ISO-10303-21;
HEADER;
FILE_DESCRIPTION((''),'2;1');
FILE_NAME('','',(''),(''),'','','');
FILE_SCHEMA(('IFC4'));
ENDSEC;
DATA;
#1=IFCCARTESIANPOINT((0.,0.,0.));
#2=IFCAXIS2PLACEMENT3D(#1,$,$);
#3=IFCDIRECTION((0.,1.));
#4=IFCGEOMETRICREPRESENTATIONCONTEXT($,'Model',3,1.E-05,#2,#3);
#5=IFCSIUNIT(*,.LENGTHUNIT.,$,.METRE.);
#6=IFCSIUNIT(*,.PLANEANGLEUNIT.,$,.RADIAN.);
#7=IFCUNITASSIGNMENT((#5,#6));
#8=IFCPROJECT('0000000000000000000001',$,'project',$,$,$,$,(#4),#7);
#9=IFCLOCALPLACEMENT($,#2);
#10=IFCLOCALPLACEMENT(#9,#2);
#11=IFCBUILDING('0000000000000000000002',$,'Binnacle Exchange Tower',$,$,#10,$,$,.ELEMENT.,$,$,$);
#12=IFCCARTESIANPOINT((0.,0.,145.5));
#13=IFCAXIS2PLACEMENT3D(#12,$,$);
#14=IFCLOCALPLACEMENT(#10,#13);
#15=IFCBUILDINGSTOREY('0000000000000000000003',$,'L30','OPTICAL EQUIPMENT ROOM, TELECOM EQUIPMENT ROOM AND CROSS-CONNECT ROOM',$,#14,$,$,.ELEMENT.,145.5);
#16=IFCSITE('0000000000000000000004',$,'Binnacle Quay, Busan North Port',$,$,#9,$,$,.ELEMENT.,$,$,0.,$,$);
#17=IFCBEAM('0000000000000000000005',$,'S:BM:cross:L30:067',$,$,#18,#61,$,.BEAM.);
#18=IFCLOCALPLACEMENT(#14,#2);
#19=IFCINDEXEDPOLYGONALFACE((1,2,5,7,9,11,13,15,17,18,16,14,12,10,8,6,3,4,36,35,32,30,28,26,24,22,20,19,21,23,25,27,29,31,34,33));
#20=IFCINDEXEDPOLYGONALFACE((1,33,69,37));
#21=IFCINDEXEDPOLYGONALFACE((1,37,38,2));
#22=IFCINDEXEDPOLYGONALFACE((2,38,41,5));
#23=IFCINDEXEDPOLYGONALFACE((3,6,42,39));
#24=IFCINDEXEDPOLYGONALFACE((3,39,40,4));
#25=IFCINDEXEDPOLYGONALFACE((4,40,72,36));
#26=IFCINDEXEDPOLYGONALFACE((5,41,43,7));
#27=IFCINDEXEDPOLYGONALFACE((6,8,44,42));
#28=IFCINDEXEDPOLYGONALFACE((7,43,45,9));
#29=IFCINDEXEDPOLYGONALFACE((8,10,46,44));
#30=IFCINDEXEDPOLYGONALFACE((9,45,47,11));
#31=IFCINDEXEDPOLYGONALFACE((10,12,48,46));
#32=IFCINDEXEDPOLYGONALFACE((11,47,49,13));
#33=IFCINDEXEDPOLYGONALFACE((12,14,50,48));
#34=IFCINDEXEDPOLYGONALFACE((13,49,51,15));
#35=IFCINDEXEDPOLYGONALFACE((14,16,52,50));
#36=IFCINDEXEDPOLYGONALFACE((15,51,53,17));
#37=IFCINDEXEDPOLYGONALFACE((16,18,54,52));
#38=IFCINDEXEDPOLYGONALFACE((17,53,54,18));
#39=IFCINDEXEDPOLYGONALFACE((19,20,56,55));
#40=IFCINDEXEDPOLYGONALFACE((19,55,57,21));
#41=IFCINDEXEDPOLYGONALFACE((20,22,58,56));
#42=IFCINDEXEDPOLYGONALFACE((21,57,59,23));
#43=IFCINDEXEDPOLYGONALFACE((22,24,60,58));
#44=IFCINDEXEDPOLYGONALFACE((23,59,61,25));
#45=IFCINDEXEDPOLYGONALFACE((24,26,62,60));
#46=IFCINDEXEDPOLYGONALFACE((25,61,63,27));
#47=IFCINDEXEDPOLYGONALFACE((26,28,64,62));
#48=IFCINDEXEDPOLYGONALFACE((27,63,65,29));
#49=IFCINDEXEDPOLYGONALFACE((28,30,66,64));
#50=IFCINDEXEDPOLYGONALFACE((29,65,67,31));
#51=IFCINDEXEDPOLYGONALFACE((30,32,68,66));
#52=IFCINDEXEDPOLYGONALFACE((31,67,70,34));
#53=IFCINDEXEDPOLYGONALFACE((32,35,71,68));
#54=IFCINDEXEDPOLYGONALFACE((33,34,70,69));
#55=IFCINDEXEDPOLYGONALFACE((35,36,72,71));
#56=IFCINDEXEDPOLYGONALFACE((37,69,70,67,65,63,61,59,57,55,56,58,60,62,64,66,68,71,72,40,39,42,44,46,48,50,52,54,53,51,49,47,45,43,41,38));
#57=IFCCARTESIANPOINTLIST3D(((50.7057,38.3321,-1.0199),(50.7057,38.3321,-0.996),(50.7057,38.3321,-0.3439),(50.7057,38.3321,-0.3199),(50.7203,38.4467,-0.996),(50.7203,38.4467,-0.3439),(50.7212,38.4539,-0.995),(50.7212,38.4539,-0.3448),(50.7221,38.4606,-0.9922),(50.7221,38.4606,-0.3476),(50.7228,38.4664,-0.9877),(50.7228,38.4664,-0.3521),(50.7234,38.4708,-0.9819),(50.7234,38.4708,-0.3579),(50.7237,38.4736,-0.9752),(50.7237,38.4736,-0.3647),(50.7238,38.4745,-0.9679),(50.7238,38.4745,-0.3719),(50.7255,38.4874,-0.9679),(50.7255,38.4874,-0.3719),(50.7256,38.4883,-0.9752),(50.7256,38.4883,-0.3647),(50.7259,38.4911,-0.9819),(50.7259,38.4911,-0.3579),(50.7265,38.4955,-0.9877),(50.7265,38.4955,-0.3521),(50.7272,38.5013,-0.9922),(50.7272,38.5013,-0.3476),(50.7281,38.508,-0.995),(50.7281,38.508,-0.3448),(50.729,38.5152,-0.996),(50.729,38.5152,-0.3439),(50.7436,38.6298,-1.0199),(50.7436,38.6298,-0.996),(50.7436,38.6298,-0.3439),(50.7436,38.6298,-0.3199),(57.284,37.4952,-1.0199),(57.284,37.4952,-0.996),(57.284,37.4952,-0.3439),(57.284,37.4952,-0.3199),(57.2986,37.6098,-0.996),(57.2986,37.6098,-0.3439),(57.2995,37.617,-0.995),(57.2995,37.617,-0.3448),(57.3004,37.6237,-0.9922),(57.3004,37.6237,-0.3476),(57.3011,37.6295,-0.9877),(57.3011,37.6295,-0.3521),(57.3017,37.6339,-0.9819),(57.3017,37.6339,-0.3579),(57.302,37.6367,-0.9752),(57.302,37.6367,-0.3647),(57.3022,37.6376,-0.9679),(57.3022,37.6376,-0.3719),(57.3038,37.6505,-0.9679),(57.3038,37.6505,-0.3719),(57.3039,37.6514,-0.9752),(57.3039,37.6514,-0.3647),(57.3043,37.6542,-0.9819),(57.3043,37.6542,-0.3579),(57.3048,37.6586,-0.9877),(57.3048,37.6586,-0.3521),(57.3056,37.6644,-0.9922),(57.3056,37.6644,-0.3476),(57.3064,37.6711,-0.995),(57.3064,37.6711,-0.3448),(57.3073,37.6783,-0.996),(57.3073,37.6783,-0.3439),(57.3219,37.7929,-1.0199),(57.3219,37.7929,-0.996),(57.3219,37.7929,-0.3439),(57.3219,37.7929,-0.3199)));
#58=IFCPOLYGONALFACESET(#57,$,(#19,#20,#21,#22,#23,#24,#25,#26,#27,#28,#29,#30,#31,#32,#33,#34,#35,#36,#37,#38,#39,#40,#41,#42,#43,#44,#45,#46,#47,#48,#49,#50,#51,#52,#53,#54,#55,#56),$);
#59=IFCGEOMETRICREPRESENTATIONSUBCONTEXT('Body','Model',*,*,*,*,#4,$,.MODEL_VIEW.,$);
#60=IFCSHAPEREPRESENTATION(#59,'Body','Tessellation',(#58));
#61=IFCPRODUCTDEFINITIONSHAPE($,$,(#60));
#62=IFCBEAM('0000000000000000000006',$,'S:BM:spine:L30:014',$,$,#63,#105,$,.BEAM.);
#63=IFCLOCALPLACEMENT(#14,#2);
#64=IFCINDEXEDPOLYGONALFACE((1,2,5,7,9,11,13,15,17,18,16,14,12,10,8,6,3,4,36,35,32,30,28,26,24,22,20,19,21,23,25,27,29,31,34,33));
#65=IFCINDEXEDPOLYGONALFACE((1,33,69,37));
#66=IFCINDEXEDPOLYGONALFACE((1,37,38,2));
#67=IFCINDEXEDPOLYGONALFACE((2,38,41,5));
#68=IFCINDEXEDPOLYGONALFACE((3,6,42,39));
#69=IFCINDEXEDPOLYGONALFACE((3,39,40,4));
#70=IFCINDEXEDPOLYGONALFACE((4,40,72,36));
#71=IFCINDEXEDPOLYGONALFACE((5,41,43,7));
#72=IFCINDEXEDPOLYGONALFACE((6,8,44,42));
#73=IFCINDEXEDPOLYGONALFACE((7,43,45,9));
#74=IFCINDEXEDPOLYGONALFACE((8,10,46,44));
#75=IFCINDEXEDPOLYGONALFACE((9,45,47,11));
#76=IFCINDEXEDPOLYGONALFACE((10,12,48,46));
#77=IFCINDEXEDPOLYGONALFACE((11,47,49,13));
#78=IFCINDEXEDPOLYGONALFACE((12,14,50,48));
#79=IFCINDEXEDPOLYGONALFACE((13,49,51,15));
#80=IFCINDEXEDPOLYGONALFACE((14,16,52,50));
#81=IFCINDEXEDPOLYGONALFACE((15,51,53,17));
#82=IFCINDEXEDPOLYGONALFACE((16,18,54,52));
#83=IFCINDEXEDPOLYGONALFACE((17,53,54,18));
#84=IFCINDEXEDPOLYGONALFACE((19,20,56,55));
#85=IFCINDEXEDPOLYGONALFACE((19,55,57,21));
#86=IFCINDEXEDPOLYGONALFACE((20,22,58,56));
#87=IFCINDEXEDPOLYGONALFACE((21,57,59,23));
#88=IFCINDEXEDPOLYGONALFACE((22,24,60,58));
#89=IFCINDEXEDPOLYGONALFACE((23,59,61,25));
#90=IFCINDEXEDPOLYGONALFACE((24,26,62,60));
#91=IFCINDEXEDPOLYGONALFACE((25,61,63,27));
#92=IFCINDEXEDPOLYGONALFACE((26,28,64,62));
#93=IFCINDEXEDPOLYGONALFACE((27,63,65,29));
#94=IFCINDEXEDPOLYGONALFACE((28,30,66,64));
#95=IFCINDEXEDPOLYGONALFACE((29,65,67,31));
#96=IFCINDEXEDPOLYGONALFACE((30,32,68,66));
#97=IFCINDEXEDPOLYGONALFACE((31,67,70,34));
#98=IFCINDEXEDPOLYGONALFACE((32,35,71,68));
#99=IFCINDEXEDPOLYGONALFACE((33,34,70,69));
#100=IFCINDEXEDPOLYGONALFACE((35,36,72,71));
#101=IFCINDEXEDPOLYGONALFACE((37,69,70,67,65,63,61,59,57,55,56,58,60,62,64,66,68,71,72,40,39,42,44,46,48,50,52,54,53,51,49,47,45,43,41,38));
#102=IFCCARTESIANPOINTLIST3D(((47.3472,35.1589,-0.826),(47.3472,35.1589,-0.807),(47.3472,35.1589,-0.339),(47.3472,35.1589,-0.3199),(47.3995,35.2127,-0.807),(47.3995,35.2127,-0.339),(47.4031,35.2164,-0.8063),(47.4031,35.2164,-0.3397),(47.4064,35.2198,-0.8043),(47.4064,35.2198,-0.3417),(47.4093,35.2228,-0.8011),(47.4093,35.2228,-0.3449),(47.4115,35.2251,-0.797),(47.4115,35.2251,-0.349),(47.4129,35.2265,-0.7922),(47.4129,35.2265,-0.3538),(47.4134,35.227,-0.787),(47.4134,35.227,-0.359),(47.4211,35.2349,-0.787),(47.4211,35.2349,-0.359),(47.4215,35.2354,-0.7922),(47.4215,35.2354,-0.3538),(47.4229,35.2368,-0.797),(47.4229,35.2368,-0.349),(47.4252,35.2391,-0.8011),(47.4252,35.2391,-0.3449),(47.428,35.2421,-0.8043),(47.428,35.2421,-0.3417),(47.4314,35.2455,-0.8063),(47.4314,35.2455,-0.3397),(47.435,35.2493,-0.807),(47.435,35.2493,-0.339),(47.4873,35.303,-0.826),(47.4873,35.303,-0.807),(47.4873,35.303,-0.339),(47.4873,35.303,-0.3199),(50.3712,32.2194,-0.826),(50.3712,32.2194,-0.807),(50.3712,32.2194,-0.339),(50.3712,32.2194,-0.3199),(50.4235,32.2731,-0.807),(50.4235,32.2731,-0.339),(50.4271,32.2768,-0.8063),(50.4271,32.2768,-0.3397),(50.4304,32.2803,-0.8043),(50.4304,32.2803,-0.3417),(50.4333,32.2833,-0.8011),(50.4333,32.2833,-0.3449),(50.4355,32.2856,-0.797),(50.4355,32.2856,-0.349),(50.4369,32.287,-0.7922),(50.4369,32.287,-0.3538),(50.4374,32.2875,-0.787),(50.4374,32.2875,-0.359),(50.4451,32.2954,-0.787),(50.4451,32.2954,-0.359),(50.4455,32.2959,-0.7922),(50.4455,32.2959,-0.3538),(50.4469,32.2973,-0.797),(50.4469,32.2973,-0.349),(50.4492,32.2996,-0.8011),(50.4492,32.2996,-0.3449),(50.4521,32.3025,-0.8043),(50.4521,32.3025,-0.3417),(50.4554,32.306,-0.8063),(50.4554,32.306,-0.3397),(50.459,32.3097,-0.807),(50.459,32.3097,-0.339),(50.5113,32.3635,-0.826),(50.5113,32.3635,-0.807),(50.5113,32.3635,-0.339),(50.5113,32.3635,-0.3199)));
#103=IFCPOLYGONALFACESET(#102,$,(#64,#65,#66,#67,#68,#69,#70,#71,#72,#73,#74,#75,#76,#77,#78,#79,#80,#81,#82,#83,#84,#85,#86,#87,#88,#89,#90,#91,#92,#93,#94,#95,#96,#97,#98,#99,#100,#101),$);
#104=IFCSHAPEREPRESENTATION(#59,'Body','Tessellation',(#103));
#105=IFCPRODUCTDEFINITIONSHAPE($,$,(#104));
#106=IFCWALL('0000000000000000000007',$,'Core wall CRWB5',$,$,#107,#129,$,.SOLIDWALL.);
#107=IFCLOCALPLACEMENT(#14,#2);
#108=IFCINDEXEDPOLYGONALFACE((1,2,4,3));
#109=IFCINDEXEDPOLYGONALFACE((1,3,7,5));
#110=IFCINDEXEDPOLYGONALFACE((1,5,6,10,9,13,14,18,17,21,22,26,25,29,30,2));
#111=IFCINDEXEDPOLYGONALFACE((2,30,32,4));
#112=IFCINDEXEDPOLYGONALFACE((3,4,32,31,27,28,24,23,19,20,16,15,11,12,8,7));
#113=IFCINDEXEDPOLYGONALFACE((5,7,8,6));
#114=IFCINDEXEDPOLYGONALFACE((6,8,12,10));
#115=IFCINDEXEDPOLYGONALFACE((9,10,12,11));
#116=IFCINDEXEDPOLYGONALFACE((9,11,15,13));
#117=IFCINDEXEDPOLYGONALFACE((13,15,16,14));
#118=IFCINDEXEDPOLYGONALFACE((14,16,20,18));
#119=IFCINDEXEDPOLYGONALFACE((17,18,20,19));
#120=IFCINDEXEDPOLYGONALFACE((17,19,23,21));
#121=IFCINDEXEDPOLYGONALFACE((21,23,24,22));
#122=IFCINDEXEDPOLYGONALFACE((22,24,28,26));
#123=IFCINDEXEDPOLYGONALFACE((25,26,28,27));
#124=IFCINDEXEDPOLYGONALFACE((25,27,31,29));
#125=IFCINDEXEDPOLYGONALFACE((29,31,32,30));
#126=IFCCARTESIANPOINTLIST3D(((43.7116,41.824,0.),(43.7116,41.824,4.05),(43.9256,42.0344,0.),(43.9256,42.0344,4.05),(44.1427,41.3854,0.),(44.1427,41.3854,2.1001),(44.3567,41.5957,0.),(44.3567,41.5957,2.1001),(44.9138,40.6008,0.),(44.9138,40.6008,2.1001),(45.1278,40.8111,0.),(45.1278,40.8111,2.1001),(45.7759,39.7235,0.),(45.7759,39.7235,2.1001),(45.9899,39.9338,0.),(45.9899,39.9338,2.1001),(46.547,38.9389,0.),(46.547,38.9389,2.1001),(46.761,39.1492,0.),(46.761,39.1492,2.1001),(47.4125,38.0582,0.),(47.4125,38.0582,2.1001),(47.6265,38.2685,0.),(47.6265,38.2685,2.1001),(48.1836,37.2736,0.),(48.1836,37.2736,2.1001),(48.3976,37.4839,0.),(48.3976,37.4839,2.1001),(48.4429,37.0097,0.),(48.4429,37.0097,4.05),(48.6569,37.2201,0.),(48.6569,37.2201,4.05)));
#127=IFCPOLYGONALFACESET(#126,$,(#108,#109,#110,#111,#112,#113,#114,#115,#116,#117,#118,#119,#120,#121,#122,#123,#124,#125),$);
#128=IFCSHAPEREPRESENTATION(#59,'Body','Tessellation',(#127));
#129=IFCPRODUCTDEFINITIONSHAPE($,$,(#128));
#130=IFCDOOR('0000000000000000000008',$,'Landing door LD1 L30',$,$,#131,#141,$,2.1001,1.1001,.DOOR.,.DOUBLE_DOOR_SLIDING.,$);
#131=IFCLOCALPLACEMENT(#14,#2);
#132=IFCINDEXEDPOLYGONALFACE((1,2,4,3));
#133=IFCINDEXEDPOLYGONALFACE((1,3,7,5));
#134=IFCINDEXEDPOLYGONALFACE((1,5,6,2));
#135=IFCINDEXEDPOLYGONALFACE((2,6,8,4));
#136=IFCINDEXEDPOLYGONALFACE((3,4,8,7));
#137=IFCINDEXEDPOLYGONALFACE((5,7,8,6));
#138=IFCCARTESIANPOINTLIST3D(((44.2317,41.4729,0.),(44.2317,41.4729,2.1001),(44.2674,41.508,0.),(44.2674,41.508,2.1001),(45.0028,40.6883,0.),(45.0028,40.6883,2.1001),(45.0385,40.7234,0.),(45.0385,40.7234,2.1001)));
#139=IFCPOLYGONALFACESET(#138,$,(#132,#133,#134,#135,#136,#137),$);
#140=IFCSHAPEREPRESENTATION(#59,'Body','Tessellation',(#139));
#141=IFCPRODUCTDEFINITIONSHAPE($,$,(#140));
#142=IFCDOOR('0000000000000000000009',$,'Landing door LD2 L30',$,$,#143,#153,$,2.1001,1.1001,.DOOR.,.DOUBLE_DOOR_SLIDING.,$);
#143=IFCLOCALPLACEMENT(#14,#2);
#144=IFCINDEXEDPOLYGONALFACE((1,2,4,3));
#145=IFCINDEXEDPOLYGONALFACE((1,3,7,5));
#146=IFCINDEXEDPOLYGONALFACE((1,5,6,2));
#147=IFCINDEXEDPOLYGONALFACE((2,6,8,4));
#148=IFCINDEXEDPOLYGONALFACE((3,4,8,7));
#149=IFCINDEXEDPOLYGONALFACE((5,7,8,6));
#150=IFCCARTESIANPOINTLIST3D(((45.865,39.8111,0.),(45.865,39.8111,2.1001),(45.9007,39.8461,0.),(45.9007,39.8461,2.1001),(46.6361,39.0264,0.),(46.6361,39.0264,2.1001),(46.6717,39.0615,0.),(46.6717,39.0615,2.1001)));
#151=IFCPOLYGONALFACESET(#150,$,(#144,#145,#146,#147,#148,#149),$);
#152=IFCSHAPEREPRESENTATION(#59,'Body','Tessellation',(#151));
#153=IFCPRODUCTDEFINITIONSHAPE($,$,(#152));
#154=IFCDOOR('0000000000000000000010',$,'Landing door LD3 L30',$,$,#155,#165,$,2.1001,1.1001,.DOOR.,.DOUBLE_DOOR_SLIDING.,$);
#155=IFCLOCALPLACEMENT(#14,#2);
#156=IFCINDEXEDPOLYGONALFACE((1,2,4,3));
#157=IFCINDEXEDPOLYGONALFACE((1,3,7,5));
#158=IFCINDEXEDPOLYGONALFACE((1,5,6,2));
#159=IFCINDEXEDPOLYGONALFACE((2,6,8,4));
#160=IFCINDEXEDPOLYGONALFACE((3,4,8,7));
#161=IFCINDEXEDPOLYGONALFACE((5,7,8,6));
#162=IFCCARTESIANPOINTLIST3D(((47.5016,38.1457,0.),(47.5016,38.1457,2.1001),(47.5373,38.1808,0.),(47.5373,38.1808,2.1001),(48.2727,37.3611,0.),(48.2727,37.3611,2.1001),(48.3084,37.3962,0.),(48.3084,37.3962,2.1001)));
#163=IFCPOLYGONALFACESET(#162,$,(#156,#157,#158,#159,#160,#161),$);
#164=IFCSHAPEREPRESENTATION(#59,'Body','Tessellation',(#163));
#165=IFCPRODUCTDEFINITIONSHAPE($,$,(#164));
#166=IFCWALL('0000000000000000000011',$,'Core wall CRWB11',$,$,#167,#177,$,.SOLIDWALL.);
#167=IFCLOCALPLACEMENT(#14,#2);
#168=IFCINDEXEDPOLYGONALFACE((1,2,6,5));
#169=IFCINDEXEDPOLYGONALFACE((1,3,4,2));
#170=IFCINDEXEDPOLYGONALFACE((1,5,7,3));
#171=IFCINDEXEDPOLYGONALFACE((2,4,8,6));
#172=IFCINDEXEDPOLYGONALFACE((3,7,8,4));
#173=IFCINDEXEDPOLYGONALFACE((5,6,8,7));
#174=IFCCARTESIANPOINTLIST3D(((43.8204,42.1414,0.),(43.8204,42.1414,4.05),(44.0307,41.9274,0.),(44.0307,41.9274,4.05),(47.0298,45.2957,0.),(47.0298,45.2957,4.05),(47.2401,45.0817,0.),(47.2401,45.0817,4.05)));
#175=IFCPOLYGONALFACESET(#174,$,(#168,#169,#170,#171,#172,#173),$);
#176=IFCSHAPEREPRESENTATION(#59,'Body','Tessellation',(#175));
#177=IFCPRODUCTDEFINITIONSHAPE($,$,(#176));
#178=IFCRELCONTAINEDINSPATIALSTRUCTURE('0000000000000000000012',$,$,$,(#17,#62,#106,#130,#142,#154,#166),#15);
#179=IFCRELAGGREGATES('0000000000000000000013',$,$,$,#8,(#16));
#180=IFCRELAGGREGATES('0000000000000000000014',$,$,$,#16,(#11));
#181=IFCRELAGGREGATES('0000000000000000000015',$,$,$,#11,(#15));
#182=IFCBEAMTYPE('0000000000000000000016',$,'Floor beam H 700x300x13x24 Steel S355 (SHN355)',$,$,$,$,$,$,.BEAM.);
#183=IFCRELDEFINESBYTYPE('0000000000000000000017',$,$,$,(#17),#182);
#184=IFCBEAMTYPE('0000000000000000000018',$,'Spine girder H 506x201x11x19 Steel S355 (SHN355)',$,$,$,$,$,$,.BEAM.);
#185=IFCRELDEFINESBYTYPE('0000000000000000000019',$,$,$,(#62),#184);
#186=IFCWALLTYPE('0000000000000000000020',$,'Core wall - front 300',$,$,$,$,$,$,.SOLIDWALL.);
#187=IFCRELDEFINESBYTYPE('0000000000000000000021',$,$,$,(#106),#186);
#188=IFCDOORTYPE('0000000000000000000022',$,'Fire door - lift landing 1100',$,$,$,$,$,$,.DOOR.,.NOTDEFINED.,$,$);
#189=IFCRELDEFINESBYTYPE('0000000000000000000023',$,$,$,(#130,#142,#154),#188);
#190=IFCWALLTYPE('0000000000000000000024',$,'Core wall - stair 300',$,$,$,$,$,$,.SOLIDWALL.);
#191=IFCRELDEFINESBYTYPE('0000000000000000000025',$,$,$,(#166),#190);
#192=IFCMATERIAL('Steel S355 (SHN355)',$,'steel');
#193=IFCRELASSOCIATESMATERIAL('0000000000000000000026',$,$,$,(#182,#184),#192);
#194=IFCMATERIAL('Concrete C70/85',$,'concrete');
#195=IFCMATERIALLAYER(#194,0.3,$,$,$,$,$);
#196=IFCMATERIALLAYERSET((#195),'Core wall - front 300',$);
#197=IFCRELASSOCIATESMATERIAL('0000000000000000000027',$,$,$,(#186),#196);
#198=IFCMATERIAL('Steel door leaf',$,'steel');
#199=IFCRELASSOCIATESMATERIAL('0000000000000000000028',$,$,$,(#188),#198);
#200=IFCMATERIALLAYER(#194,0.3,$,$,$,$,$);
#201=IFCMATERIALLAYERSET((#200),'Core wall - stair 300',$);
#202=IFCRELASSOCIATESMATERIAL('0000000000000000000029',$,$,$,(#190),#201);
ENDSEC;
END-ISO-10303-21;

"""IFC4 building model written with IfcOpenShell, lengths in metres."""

from ifc_helpers import new_model, si_unit, direction, frame, frame_2d, origin, origin_2d, place, context, subcontext, project, spatial, rectangle, i_section, extrude, material, layer, layer_set, material_profile, profile_set, type_object, element, fill, save


model = new_model("IFC4")

# Units and contexts
model_context = context("Model", 3, precision=1e-05, world=origin(), true_north=direction((0.0, 1.0)))
body_context = subcontext(model_context, "Body", "Model", "MODEL_VIEW")
ifc_project = project(units=[si_unit("LENGTHUNIT", "METRE"), si_unit("PLANEANGLEUNIT", "RADIAN")], contexts=[model_context])

# Site, building, storey
site_placement = place(None, origin())
site = spatial("IfcSite", under=ifc_project, at=site_placement, Name="Binnacle Quay, Busan North Port", CompositionType="ELEMENT", RefElevation=0.0)
building_placement = place(site_placement, origin())
building = spatial("IfcBuilding", under=site, at=building_placement, Name="Binnacle Exchange Tower", CompositionType="ELEMENT")
storey_placement = place(building_placement, frame((0.0, 0.0, 145.5)))
storey = spatial("IfcBuildingStorey", under=building, at=storey_placement, Name="L30", Description="OPTICAL EQUIPMENT ROOM, TELECOM EQUIPMENT ROOM AND CROSS-CONNECT ROOM", CompositionType="ELEMENT", Elevation=145.5)

# Shared definitions
ifc_material_1 = material(Name="Concrete C70/85", Category="concrete")

# Beams
ifc_material_2 = material(Name="Steel S355 (SHN355)", Category="steel")
ifc_material_profile_1 = material_profile(ifc_material_2, i_section(OverallWidth=0.3, OverallDepth=0.7, WebThickness=0.0129, FlangeThickness=0.0239, FilletRadius=0.0281, at=origin_2d()), Name="H 700x300x13x24")
ifc_profile_set_1 = profile_set([ifc_material_profile_1], Name="Steel S355 (SHN355)")
beam_type_1 = type_object("IfcBeamType", Name="Floor beam H 700x300x13x24 Steel S355 (SHN355)", PredefinedType="BEAM", material=ifc_profile_set_1)
beam_1_placement = place(storey_placement, frame((57.303, 37.644, -0.6699), z_axis=(-0.992004, 0.126205, 0.0), x_axis=(-0.126205, -0.992004, 0.0)))
element("IfcBeam", 1, at=beam_1_placement, inside=storey, type_object=beam_type_1, Name="S:BM:cross:L30:067", PredefinedType="BEAM", context=body_context, shape_type="SweptSolid", body=[
    extrude(i_section(OverallWidth=0.3, OverallDepth=0.7, WebThickness=0.0129, FlangeThickness=0.0239, FilletRadius=0.0281, at=origin_2d()), origin(), (0.0, 0.0, 1.0), 6.6313),
])
ifc_material_profile_2 = material_profile(ifc_material_2, i_section(OverallWidth=0.2009, OverallDepth=0.5061, WebThickness=0.011, FlangeThickness=0.019, FilletRadius=0.02, at=origin_2d()), Name="H 506x201x11x19")
ifc_profile_set_2 = profile_set([ifc_material_profile_2], Name="Steel S355 (SHN355)")
beam_type_2 = type_object("IfcBeamType", Name="Spine girder H 506x201x11x19 Steel S355 (SHN355)", PredefinedType="BEAM", material=ifc_profile_set_2)
beam_2_placement = place(storey_placement, frame((47.4172, 35.231, -0.573), z_axis=(0.717051, -0.697021, 0.0), x_axis=(0.697021, 0.717051, 0.0)))
element("IfcBeam", 2, at=beam_2_placement, inside=storey, type_object=beam_type_2, Name="S:BM:spine:L30:014", PredefinedType="BEAM", context=body_context, shape_type="SweptSolid", body=[
    extrude(i_section(OverallWidth=0.2009, OverallDepth=0.5061, WebThickness=0.011, FlangeThickness=0.019, FilletRadius=0.02, at=origin_2d()), origin(), (0.0, 0.0, 1.0), 4.2173),
])

# Wall, openings, doors
ifc_layer_1 = layer(ifc_material_1, 0.3)
ifc_layer_set_1 = layer_set([ifc_layer_1], Name="Core wall - front 300")
wall_type_1 = type_object("IfcWallType", Name="Core wall - front 300", PredefinedType="SOLIDWALL", material=ifc_layer_set_1)
wall_1_placement = place(storey_placement, frame((43.8186, 41.9292, 0.0), z_axis=(0.0, 0.0, 1.0), x_axis=(0.700931, -0.713229, 0.0)))
wall_1 = element("IfcWall", 3, at=wall_1_placement, inside=storey, type_object=wall_type_1, Name="Core wall CRWB5", PredefinedType="SOLIDWALL", context=body_context, shape_type="SweptSolid", body=[
    extrude(rectangle(XDim=6.75, YDim=0.3, at=frame_2d((3.375, 0.0))), origin(), (0.0, 0.0, 1.0), 4.05),
])
opening_1_placement = place(wall_1_placement, frame((0.615, 0.0, 0.0)))
opening_1 = element("IfcOpeningElement", 4, at=opening_1_placement, cuts=wall_1, PredefinedType="OPENING", context=body_context, shape_type="SweptSolid", body=[
    extrude(rectangle(XDim=1.1001, YDim=2.1001, at=frame_2d((0.55, 1.05))), frame((0.0, 0.1599, 0.0), z_axis=(0.0, -1.0, 0.0), x_axis=(1.0, 0.0, 0.0)), (0.0, 0.0, 1.0), 0.3201),
])
opening_2_placement = place(wall_1_placement, frame((2.9451, 0.0, 0.0)))
opening_2 = element("IfcOpeningElement", 5, at=opening_2_placement, cuts=wall_1, PredefinedType="OPENING", context=body_context, shape_type="SweptSolid", body=[
    extrude(rectangle(XDim=1.1001, YDim=2.1001, at=frame_2d((0.55, 1.05))), frame((0.0, 0.1599, 0.0), z_axis=(0.0, -1.0, 0.0), x_axis=(1.0, 0.0, 0.0)), (0.0, 0.0, 1.0), 0.3201),
])
opening_3_placement = place(wall_1_placement, frame((5.28, 0.0, 0.0)))
opening_3 = element("IfcOpeningElement", 6, at=opening_3_placement, cuts=wall_1, PredefinedType="OPENING", context=body_context, shape_type="SweptSolid", body=[
    extrude(rectangle(XDim=1.1001, YDim=2.1001, at=frame_2d((0.55, 1.05))), frame((0.0, 0.1599, 0.0), z_axis=(0.0, -1.0, 0.0), x_axis=(1.0, 0.0, 0.0)), (0.0, 0.0, 1.0), 0.3201),
])
ifc_material_3 = material(Name="Steel door leaf", Category="steel")
door_type_1 = type_object("IfcDoorType", Name="Fire door - lift landing 1100", OperationType="NOTDEFINED", PredefinedType="DOOR", material=ifc_material_3)
door_1_placement = place(opening_1_placement, origin())
door_1 = element("IfcDoor", 7, at=door_1_placement, inside=storey, type_object=door_type_1, Name="Landing door LD1 L30", OperationType="DOUBLE_DOOR_SLIDING", OverallHeight=2.1001, OverallWidth=1.1001, PredefinedType="DOOR", context=body_context, shape_type="SweptSolid", body=[
    extrude(rectangle(XDim=1.1001, YDim=2.1001, at=frame_2d((0.55, 1.05))), frame((0.0, 0.0249, 0.0), z_axis=(0.0, -1.0, 0.0), x_axis=(1.0, 0.0, 0.0)), (0.0, 0.0, 1.0), 0.05),
])
fill(opening_1, door_1)
door_2_placement = place(opening_2_placement, origin())
door_2 = element("IfcDoor", 8, at=door_2_placement, inside=storey, type_object=door_type_1, Name="Landing door LD2 L30", OperationType="DOUBLE_DOOR_SLIDING", OverallHeight=2.1001, OverallWidth=1.1001, PredefinedType="DOOR", context=body_context, shape_type="SweptSolid", body=[
    extrude(rectangle(XDim=1.1001, YDim=2.1001, at=frame_2d((0.55, 1.05))), frame((0.0, 0.0249, 0.0), z_axis=(0.0, -1.0, 0.0), x_axis=(1.0, 0.0, 0.0)), (0.0, 0.0, 1.0), 0.05),
])
fill(opening_2, door_2)
door_3_placement = place(opening_3_placement, origin())
door_3 = element("IfcDoor", 9, at=door_3_placement, inside=storey, type_object=door_type_1, Name="Landing door LD3 L30", OperationType="DOUBLE_DOOR_SLIDING", OverallHeight=2.1001, OverallWidth=1.1001, PredefinedType="DOOR", context=body_context, shape_type="SweptSolid", body=[
    extrude(rectangle(XDim=1.1001, YDim=2.1001, at=frame_2d((0.55, 1.05))), frame((0.0, 0.0249, 0.0), z_axis=(0.0, -1.0, 0.0), x_axis=(1.0, 0.0, 0.0)), (0.0, 0.0, 1.0), 0.05),
])
fill(opening_3, door_3)

# Wall
ifc_layer_2 = layer(ifc_material_1, 0.3)
ifc_layer_set_2 = layer_set([ifc_layer_2], Name="Core wall - stair 300")
wall_type_2 = type_object("IfcWallType", Name="Core wall - stair 300", PredefinedType="SOLIDWALL", material=ifc_layer_set_2)
wall_2_placement = place(storey_placement, frame((43.9255, 42.0344, 0.0), z_axis=(0.0, 0.0, 1.0), x_axis=(0.713211, 0.70095, 0.0)))
element("IfcWall", 10, at=wall_2_placement, inside=storey, type_object=wall_type_2, Name="Core wall CRWB11", PredefinedType="SOLIDWALL", context=body_context, shape_type="SweptSolid", body=[
    extrude(rectangle(XDim=4.5, YDim=0.3, at=frame_2d((2.25, 0.0))), origin(), (0.0, 0.0, 1.0), 4.05),
])

save(model, "model.ifc")
